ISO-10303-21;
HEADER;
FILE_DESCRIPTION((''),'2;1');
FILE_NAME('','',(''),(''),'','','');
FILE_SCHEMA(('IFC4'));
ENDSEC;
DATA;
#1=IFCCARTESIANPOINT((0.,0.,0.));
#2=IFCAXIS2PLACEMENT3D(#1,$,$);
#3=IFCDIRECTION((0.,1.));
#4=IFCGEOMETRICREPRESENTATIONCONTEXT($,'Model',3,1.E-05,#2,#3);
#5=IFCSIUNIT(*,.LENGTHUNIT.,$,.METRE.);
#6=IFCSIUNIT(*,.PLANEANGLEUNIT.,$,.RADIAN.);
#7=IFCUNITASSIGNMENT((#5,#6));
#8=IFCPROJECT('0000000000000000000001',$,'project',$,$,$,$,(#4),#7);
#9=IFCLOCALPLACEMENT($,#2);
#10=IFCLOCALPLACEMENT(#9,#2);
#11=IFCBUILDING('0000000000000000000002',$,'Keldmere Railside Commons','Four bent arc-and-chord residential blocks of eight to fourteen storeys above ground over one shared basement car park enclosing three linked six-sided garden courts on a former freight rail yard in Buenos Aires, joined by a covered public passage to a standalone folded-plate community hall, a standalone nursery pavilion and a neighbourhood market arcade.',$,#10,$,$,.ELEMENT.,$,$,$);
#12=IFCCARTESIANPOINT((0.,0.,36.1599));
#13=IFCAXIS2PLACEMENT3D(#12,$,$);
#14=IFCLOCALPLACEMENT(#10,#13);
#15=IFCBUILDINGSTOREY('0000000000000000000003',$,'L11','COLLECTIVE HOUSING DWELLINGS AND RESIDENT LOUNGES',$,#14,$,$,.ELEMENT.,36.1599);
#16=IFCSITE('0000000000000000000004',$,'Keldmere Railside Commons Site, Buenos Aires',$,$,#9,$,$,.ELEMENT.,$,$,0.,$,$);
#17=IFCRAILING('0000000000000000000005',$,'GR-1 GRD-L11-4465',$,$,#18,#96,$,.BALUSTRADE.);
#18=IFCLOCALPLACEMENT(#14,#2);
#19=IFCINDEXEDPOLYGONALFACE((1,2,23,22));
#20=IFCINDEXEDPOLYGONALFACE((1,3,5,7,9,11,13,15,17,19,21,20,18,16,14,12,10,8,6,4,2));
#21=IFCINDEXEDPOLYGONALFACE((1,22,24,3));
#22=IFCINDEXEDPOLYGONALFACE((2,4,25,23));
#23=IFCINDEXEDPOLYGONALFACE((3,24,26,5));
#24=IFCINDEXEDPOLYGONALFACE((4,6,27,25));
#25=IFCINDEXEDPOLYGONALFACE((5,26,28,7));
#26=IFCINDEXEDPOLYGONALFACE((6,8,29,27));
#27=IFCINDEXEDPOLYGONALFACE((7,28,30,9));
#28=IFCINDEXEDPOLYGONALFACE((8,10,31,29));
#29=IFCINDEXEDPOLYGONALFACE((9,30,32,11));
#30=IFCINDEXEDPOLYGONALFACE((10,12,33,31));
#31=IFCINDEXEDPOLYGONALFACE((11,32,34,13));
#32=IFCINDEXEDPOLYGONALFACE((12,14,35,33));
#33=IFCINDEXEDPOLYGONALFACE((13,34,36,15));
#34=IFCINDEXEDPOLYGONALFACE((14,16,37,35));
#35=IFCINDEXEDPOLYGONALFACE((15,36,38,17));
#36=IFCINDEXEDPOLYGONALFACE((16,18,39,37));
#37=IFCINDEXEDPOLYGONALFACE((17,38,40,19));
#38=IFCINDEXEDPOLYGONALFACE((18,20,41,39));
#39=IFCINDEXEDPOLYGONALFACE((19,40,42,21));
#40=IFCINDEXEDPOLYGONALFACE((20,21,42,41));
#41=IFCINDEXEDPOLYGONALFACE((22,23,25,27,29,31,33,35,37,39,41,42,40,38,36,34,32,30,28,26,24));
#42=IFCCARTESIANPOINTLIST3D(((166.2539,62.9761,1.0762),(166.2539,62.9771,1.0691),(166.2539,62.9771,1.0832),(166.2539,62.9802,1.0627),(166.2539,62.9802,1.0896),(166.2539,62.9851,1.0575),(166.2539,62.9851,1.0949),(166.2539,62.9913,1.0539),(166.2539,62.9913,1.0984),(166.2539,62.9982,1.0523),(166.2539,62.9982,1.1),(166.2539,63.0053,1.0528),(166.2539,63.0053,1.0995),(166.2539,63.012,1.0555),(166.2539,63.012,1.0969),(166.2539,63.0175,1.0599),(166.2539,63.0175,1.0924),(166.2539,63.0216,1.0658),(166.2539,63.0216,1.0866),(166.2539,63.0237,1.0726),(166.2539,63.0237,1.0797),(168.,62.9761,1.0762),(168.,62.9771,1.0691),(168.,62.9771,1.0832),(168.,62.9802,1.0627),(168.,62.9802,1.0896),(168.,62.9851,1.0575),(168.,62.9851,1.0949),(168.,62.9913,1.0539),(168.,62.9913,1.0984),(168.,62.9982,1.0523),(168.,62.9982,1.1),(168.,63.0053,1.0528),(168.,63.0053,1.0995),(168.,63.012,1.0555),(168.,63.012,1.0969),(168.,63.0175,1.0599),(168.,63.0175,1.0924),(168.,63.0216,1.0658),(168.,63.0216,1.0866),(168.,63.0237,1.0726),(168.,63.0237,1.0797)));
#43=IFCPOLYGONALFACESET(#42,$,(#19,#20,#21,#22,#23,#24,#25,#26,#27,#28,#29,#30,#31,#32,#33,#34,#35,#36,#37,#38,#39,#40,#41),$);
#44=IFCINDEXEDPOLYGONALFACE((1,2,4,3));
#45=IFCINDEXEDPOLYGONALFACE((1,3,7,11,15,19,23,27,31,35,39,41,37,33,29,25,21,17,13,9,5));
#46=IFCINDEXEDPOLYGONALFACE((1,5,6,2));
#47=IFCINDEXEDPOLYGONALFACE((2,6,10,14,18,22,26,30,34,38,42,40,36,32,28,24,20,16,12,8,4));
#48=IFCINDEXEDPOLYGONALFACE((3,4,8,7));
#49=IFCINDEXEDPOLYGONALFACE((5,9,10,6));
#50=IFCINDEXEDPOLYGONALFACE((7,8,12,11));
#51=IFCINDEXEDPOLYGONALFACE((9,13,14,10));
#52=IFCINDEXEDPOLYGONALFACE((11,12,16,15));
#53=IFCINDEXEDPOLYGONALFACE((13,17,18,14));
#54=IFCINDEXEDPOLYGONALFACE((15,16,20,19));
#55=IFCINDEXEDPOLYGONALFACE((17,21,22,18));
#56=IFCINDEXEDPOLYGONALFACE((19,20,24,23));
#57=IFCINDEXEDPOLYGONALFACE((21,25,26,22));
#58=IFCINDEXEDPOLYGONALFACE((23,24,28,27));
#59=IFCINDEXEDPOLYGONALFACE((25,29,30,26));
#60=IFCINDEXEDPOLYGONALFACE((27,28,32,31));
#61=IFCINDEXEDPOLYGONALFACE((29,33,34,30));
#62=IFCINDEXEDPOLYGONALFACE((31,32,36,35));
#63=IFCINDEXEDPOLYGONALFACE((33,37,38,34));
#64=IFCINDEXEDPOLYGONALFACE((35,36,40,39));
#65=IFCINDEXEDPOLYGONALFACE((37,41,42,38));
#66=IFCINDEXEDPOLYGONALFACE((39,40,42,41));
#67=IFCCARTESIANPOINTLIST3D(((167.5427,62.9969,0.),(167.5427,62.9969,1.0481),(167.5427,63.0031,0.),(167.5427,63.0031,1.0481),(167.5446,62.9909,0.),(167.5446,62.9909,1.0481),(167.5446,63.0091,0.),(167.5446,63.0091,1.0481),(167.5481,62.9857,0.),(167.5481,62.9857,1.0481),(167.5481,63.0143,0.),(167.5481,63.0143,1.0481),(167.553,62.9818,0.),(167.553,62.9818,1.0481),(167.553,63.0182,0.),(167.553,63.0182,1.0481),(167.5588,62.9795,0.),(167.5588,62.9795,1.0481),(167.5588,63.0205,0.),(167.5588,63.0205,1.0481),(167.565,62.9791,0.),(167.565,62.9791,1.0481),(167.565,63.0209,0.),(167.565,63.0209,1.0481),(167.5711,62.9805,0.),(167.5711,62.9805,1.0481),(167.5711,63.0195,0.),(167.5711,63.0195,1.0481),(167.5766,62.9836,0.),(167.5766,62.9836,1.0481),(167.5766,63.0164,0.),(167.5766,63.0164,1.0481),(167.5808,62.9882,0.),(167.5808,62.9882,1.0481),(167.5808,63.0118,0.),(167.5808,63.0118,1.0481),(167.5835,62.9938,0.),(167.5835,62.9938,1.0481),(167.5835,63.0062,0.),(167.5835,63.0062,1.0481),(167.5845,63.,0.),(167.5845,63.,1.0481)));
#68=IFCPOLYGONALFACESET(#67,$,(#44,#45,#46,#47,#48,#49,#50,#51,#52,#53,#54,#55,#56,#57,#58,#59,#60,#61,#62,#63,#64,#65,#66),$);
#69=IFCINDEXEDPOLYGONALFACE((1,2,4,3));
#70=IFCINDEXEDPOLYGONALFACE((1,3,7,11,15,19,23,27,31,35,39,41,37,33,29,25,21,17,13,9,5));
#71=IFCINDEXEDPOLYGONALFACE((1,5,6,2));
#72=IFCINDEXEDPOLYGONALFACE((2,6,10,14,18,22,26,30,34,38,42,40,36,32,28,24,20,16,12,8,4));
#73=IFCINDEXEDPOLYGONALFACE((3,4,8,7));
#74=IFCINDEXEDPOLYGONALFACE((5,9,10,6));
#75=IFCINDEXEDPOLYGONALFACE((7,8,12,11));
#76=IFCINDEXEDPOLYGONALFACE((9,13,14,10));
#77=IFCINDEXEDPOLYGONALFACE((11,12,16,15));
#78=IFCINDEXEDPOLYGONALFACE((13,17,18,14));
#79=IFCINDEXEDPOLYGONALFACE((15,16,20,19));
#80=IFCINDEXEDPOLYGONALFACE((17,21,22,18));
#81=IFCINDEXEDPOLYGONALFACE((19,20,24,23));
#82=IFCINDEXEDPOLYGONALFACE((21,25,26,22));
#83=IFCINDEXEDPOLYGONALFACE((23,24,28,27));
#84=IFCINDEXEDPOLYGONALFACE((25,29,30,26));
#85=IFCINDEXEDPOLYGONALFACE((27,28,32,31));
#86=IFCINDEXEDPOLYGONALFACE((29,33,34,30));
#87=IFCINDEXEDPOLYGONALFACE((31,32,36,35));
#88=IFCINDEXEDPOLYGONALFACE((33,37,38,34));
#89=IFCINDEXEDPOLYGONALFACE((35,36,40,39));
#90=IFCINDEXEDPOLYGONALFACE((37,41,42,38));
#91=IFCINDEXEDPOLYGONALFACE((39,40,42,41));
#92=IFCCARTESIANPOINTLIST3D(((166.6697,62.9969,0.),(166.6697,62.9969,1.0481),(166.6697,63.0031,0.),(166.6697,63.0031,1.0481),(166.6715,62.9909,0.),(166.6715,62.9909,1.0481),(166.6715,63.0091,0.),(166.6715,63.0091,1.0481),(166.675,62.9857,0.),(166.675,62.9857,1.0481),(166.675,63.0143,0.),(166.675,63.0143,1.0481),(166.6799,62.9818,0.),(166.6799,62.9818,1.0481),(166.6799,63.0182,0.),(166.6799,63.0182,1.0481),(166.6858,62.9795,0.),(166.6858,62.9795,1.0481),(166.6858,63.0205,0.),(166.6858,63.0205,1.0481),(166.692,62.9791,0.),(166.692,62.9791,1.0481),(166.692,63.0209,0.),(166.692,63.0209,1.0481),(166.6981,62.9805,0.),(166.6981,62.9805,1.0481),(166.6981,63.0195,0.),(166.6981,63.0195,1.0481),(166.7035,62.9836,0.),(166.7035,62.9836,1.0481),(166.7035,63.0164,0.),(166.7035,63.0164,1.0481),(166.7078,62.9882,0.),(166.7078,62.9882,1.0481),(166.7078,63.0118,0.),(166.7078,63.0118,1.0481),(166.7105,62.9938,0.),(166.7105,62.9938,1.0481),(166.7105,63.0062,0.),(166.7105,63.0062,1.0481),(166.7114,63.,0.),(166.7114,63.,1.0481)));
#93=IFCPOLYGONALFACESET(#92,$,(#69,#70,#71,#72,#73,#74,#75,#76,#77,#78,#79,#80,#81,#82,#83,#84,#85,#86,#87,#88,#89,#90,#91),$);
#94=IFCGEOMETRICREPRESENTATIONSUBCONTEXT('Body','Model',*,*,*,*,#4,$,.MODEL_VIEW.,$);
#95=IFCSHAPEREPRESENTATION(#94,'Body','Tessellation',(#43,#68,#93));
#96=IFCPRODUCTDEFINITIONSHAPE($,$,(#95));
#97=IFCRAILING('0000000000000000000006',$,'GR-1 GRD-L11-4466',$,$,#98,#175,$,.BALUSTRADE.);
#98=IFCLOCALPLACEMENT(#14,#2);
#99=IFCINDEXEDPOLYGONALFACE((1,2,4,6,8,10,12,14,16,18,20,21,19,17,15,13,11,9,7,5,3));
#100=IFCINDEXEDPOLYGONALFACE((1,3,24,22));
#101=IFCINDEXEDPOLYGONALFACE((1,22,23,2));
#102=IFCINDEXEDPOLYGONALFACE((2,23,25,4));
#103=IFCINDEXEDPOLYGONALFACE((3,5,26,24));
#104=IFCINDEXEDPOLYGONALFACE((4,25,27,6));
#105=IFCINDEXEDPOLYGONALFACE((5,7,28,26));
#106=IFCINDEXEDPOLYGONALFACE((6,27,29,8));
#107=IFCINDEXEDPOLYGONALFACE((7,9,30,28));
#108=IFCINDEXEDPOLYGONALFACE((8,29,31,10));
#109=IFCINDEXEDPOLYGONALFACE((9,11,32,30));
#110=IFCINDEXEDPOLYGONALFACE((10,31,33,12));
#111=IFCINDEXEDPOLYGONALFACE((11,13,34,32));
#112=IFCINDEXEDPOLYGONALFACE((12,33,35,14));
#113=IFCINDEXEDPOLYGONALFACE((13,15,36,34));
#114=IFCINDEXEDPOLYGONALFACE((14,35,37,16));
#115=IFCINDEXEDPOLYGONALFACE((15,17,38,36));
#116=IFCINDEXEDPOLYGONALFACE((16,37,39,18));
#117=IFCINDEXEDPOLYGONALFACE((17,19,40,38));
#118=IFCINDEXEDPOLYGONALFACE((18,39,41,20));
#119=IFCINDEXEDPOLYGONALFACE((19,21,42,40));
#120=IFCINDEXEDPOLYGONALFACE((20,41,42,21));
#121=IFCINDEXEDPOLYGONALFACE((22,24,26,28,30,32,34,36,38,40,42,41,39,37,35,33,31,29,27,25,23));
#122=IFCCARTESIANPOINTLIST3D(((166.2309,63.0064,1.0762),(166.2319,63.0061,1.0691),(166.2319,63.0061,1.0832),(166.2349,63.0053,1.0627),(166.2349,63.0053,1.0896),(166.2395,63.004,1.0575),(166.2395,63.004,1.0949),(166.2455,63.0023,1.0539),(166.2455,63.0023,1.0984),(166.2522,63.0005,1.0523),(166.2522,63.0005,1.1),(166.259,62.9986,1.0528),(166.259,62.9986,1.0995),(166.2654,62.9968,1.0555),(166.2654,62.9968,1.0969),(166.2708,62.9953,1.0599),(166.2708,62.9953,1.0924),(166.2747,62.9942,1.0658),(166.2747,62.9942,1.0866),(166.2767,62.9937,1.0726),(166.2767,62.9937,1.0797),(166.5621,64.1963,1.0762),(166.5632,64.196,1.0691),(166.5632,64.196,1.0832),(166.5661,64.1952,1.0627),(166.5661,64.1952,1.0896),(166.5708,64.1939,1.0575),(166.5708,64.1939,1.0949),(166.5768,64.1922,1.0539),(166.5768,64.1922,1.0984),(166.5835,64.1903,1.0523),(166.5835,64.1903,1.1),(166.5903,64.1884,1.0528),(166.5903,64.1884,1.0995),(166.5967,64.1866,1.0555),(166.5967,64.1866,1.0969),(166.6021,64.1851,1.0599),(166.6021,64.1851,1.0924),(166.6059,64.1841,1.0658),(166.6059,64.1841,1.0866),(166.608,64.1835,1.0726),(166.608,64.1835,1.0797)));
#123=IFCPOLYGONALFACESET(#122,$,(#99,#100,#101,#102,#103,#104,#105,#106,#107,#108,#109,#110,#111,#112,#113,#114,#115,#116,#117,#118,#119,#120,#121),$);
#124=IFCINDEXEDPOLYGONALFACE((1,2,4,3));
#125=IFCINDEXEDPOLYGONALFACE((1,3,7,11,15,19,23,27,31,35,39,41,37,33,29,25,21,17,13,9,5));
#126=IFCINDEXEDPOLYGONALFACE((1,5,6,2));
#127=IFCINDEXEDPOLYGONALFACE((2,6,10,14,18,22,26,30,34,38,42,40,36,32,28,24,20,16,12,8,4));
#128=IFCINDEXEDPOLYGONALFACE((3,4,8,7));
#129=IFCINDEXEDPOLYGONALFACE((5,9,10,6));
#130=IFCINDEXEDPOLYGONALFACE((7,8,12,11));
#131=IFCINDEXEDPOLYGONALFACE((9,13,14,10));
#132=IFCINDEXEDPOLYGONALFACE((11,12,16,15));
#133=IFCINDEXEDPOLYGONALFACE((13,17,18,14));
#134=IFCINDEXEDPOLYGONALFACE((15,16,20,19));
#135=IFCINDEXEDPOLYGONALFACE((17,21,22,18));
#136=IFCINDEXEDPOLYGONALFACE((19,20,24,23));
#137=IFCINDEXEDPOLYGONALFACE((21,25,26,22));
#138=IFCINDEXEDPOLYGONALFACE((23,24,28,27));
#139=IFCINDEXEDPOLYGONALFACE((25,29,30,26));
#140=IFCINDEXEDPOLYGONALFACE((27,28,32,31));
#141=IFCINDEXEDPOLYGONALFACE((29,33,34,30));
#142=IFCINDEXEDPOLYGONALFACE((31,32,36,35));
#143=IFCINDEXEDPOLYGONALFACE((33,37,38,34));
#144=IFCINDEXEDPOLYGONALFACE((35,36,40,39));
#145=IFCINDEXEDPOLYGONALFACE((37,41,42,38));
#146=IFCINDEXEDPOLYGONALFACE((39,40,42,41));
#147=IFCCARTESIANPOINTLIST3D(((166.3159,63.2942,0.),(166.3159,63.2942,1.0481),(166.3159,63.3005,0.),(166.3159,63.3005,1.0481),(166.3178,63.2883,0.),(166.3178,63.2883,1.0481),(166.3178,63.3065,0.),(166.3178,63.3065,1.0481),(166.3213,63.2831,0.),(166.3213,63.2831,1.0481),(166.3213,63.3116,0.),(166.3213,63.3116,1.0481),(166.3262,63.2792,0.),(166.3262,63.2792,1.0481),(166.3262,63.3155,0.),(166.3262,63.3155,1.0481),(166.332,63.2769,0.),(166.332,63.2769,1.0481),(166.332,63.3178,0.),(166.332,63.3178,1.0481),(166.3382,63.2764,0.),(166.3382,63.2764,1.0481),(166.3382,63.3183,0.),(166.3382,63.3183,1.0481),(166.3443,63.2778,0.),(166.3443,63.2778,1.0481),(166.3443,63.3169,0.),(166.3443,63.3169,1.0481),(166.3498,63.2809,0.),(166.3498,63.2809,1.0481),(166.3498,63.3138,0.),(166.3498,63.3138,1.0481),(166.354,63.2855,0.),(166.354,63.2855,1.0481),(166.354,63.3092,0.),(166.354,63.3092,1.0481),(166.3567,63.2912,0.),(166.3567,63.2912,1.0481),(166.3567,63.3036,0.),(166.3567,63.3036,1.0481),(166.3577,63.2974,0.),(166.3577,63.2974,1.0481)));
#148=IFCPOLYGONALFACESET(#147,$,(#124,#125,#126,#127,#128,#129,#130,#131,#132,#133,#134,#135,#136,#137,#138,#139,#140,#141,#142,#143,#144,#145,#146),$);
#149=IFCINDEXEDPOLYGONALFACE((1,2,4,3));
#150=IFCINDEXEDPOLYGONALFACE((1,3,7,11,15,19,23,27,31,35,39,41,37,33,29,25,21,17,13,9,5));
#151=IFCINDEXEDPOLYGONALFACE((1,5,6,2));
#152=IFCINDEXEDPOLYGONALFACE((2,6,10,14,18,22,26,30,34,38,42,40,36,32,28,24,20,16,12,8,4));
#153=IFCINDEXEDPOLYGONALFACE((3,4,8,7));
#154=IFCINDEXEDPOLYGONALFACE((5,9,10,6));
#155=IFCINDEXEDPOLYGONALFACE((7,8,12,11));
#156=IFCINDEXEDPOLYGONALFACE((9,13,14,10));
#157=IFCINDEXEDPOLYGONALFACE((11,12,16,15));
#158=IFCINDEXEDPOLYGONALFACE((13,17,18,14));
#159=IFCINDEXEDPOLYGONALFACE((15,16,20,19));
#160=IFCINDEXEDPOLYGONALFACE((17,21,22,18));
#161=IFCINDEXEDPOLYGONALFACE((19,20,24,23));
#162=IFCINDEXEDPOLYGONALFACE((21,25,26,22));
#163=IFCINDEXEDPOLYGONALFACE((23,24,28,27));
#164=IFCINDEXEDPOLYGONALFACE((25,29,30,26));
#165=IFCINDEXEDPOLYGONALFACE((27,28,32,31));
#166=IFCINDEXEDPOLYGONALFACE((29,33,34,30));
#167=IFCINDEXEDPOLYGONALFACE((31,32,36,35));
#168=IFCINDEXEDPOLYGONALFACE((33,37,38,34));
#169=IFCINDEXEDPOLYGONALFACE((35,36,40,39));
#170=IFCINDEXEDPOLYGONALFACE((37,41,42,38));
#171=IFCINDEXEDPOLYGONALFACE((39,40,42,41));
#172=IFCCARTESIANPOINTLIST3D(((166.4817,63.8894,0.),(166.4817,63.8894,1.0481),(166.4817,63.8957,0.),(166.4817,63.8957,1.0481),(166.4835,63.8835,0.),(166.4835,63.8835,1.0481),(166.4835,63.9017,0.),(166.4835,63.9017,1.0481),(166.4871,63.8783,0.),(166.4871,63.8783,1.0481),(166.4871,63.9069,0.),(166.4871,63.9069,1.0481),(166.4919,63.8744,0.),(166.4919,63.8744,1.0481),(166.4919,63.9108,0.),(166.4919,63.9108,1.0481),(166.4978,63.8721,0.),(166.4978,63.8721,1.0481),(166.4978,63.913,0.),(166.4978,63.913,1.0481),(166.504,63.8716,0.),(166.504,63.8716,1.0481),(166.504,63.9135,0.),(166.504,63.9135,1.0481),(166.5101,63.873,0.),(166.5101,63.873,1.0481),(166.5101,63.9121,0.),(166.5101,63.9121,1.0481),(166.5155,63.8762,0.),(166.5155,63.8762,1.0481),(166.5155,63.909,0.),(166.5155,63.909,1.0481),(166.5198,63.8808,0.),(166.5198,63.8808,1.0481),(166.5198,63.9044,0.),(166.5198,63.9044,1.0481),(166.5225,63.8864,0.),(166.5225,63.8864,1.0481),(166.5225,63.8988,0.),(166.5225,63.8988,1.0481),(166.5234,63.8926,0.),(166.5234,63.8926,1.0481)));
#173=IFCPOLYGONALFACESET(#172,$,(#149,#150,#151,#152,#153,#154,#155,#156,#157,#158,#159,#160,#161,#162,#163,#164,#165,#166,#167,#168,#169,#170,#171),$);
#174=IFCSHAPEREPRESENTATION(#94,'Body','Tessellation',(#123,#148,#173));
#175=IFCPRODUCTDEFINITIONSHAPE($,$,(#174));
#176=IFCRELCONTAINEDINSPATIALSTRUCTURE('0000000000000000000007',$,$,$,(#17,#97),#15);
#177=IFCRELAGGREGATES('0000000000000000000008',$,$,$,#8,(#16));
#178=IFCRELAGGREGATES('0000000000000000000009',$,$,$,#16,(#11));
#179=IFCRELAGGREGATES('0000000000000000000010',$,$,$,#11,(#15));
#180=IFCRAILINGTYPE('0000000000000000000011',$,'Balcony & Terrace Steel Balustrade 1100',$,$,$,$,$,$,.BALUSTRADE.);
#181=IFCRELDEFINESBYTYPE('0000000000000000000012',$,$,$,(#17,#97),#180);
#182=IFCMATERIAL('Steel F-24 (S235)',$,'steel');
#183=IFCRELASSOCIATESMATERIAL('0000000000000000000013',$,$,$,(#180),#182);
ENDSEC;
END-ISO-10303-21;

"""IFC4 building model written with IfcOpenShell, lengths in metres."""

from ifc_helpers import new_model, si_unit, direction, frame, origin, origin_2d, place, context, subcontext, project, spatial, circle, extrude, material, type_object, element, save


model = new_model("IFC4")

# Units and contexts
model_context = context("Model", 3, precision=1e-05, world=origin(), true_north=direction((0.0, 1.0)))
body_context = subcontext(model_context, "Body", "Model", "MODEL_VIEW")
ifc_project = project(units=[si_unit("LENGTHUNIT", "METRE"), si_unit("PLANEANGLEUNIT", "RADIAN")], contexts=[model_context])

# Site, building, storey
site_placement = place(None, origin())
site = spatial("IfcSite", under=ifc_project, at=site_placement, Name="Keldmere Railside Commons Site, Buenos Aires", CompositionType="ELEMENT", RefElevation=0.0)
building_placement = place(site_placement, origin())
building = spatial("IfcBuilding", under=site, at=building_placement, Name="Keldmere Railside Commons", Description="Four bent arc-and-chord residential blocks of eight to fourteen storeys above ground over one shared basement car park enclosing three linked six-sided garden courts on a former freight rail yard in Buenos Aires, joined by a covered public passage to a standalone folded-plate community hall, a standalone nursery pavilion and a neighbourhood market arcade.", CompositionType="ELEMENT")
storey_placement = place(building_placement, frame((0.0, 0.0, 36.1599)))
storey = spatial("IfcBuildingStorey", under=building, at=storey_placement, Name="L11", Description="COLLECTIVE HOUSING DWELLINGS AND RESIDENT LOUNGES", CompositionType="ELEMENT", Elevation=36.1599)

# Railings
ifc_material_1 = material(Name="Steel F-24 (S235)", Category="steel")
railing_type = type_object("IfcRailingType", Name="Balcony & Terrace Steel Balustrade 1100", PredefinedType="BALUSTRADE", material=ifc_material_1)
railing_1_placement = place(storey_placement, frame((168.0, 63.0, 0.0)))
element("IfcRailing", 1, at=railing_1_placement, inside=storey, type_object=railing_type, Name="GR-1 GRD-L11-4465", PredefinedType="BALUSTRADE", context=body_context, shape_type="SweptSolid", body=[
    extrude(circle(Radius=0.0239, at=origin_2d()), frame((0.0, 0.0, 1.0762), z_axis=(-1.0, 0.0, 0.0), x_axis=(0.0, -1.0, 0.0)), (0.0, 0.0, 1.0), 1.7461),
    extrude(circle(Radius=0.021, at=origin_2d()), frame((-0.4365, 0.0, 0.0)), (0.0, 0.0, 1.0), 1.0481),
    extrude(circle(Radius=0.021, at=origin_2d()), frame((-1.3096, 0.0, 0.0)), (0.0, 0.0, 1.0), 1.0481),
])
railing_2_placement = place(storey_placement, frame((166.2539, 63.0, 0.0)))
element("IfcRailing", 2, at=railing_2_placement, inside=storey, type_object=railing_type, Name="GR-1 GRD-L11-4466", PredefinedType="BALUSTRADE", context=body_context, shape_type="SweptSolid", body=[
    extrude(circle(Radius=0.0239, at=origin_2d()), frame((0.0, 0.0, 1.0762), z_axis=(0.268215, 0.963359, 0.0), x_axis=(-0.963359, 0.268215, 0.0)), (0.0, 0.0, 1.0), 1.2351),
    extrude(circle(Radius=0.021, at=origin_2d()), frame((0.0828, 0.2974, 0.0)), (0.0, 0.0, 1.0), 1.0481),
    extrude(circle(Radius=0.021, at=origin_2d()), frame((0.2485, 0.8926, 0.0)), (0.0, 0.0, 1.0), 1.0481),
])

save(model, "model.ifc")
